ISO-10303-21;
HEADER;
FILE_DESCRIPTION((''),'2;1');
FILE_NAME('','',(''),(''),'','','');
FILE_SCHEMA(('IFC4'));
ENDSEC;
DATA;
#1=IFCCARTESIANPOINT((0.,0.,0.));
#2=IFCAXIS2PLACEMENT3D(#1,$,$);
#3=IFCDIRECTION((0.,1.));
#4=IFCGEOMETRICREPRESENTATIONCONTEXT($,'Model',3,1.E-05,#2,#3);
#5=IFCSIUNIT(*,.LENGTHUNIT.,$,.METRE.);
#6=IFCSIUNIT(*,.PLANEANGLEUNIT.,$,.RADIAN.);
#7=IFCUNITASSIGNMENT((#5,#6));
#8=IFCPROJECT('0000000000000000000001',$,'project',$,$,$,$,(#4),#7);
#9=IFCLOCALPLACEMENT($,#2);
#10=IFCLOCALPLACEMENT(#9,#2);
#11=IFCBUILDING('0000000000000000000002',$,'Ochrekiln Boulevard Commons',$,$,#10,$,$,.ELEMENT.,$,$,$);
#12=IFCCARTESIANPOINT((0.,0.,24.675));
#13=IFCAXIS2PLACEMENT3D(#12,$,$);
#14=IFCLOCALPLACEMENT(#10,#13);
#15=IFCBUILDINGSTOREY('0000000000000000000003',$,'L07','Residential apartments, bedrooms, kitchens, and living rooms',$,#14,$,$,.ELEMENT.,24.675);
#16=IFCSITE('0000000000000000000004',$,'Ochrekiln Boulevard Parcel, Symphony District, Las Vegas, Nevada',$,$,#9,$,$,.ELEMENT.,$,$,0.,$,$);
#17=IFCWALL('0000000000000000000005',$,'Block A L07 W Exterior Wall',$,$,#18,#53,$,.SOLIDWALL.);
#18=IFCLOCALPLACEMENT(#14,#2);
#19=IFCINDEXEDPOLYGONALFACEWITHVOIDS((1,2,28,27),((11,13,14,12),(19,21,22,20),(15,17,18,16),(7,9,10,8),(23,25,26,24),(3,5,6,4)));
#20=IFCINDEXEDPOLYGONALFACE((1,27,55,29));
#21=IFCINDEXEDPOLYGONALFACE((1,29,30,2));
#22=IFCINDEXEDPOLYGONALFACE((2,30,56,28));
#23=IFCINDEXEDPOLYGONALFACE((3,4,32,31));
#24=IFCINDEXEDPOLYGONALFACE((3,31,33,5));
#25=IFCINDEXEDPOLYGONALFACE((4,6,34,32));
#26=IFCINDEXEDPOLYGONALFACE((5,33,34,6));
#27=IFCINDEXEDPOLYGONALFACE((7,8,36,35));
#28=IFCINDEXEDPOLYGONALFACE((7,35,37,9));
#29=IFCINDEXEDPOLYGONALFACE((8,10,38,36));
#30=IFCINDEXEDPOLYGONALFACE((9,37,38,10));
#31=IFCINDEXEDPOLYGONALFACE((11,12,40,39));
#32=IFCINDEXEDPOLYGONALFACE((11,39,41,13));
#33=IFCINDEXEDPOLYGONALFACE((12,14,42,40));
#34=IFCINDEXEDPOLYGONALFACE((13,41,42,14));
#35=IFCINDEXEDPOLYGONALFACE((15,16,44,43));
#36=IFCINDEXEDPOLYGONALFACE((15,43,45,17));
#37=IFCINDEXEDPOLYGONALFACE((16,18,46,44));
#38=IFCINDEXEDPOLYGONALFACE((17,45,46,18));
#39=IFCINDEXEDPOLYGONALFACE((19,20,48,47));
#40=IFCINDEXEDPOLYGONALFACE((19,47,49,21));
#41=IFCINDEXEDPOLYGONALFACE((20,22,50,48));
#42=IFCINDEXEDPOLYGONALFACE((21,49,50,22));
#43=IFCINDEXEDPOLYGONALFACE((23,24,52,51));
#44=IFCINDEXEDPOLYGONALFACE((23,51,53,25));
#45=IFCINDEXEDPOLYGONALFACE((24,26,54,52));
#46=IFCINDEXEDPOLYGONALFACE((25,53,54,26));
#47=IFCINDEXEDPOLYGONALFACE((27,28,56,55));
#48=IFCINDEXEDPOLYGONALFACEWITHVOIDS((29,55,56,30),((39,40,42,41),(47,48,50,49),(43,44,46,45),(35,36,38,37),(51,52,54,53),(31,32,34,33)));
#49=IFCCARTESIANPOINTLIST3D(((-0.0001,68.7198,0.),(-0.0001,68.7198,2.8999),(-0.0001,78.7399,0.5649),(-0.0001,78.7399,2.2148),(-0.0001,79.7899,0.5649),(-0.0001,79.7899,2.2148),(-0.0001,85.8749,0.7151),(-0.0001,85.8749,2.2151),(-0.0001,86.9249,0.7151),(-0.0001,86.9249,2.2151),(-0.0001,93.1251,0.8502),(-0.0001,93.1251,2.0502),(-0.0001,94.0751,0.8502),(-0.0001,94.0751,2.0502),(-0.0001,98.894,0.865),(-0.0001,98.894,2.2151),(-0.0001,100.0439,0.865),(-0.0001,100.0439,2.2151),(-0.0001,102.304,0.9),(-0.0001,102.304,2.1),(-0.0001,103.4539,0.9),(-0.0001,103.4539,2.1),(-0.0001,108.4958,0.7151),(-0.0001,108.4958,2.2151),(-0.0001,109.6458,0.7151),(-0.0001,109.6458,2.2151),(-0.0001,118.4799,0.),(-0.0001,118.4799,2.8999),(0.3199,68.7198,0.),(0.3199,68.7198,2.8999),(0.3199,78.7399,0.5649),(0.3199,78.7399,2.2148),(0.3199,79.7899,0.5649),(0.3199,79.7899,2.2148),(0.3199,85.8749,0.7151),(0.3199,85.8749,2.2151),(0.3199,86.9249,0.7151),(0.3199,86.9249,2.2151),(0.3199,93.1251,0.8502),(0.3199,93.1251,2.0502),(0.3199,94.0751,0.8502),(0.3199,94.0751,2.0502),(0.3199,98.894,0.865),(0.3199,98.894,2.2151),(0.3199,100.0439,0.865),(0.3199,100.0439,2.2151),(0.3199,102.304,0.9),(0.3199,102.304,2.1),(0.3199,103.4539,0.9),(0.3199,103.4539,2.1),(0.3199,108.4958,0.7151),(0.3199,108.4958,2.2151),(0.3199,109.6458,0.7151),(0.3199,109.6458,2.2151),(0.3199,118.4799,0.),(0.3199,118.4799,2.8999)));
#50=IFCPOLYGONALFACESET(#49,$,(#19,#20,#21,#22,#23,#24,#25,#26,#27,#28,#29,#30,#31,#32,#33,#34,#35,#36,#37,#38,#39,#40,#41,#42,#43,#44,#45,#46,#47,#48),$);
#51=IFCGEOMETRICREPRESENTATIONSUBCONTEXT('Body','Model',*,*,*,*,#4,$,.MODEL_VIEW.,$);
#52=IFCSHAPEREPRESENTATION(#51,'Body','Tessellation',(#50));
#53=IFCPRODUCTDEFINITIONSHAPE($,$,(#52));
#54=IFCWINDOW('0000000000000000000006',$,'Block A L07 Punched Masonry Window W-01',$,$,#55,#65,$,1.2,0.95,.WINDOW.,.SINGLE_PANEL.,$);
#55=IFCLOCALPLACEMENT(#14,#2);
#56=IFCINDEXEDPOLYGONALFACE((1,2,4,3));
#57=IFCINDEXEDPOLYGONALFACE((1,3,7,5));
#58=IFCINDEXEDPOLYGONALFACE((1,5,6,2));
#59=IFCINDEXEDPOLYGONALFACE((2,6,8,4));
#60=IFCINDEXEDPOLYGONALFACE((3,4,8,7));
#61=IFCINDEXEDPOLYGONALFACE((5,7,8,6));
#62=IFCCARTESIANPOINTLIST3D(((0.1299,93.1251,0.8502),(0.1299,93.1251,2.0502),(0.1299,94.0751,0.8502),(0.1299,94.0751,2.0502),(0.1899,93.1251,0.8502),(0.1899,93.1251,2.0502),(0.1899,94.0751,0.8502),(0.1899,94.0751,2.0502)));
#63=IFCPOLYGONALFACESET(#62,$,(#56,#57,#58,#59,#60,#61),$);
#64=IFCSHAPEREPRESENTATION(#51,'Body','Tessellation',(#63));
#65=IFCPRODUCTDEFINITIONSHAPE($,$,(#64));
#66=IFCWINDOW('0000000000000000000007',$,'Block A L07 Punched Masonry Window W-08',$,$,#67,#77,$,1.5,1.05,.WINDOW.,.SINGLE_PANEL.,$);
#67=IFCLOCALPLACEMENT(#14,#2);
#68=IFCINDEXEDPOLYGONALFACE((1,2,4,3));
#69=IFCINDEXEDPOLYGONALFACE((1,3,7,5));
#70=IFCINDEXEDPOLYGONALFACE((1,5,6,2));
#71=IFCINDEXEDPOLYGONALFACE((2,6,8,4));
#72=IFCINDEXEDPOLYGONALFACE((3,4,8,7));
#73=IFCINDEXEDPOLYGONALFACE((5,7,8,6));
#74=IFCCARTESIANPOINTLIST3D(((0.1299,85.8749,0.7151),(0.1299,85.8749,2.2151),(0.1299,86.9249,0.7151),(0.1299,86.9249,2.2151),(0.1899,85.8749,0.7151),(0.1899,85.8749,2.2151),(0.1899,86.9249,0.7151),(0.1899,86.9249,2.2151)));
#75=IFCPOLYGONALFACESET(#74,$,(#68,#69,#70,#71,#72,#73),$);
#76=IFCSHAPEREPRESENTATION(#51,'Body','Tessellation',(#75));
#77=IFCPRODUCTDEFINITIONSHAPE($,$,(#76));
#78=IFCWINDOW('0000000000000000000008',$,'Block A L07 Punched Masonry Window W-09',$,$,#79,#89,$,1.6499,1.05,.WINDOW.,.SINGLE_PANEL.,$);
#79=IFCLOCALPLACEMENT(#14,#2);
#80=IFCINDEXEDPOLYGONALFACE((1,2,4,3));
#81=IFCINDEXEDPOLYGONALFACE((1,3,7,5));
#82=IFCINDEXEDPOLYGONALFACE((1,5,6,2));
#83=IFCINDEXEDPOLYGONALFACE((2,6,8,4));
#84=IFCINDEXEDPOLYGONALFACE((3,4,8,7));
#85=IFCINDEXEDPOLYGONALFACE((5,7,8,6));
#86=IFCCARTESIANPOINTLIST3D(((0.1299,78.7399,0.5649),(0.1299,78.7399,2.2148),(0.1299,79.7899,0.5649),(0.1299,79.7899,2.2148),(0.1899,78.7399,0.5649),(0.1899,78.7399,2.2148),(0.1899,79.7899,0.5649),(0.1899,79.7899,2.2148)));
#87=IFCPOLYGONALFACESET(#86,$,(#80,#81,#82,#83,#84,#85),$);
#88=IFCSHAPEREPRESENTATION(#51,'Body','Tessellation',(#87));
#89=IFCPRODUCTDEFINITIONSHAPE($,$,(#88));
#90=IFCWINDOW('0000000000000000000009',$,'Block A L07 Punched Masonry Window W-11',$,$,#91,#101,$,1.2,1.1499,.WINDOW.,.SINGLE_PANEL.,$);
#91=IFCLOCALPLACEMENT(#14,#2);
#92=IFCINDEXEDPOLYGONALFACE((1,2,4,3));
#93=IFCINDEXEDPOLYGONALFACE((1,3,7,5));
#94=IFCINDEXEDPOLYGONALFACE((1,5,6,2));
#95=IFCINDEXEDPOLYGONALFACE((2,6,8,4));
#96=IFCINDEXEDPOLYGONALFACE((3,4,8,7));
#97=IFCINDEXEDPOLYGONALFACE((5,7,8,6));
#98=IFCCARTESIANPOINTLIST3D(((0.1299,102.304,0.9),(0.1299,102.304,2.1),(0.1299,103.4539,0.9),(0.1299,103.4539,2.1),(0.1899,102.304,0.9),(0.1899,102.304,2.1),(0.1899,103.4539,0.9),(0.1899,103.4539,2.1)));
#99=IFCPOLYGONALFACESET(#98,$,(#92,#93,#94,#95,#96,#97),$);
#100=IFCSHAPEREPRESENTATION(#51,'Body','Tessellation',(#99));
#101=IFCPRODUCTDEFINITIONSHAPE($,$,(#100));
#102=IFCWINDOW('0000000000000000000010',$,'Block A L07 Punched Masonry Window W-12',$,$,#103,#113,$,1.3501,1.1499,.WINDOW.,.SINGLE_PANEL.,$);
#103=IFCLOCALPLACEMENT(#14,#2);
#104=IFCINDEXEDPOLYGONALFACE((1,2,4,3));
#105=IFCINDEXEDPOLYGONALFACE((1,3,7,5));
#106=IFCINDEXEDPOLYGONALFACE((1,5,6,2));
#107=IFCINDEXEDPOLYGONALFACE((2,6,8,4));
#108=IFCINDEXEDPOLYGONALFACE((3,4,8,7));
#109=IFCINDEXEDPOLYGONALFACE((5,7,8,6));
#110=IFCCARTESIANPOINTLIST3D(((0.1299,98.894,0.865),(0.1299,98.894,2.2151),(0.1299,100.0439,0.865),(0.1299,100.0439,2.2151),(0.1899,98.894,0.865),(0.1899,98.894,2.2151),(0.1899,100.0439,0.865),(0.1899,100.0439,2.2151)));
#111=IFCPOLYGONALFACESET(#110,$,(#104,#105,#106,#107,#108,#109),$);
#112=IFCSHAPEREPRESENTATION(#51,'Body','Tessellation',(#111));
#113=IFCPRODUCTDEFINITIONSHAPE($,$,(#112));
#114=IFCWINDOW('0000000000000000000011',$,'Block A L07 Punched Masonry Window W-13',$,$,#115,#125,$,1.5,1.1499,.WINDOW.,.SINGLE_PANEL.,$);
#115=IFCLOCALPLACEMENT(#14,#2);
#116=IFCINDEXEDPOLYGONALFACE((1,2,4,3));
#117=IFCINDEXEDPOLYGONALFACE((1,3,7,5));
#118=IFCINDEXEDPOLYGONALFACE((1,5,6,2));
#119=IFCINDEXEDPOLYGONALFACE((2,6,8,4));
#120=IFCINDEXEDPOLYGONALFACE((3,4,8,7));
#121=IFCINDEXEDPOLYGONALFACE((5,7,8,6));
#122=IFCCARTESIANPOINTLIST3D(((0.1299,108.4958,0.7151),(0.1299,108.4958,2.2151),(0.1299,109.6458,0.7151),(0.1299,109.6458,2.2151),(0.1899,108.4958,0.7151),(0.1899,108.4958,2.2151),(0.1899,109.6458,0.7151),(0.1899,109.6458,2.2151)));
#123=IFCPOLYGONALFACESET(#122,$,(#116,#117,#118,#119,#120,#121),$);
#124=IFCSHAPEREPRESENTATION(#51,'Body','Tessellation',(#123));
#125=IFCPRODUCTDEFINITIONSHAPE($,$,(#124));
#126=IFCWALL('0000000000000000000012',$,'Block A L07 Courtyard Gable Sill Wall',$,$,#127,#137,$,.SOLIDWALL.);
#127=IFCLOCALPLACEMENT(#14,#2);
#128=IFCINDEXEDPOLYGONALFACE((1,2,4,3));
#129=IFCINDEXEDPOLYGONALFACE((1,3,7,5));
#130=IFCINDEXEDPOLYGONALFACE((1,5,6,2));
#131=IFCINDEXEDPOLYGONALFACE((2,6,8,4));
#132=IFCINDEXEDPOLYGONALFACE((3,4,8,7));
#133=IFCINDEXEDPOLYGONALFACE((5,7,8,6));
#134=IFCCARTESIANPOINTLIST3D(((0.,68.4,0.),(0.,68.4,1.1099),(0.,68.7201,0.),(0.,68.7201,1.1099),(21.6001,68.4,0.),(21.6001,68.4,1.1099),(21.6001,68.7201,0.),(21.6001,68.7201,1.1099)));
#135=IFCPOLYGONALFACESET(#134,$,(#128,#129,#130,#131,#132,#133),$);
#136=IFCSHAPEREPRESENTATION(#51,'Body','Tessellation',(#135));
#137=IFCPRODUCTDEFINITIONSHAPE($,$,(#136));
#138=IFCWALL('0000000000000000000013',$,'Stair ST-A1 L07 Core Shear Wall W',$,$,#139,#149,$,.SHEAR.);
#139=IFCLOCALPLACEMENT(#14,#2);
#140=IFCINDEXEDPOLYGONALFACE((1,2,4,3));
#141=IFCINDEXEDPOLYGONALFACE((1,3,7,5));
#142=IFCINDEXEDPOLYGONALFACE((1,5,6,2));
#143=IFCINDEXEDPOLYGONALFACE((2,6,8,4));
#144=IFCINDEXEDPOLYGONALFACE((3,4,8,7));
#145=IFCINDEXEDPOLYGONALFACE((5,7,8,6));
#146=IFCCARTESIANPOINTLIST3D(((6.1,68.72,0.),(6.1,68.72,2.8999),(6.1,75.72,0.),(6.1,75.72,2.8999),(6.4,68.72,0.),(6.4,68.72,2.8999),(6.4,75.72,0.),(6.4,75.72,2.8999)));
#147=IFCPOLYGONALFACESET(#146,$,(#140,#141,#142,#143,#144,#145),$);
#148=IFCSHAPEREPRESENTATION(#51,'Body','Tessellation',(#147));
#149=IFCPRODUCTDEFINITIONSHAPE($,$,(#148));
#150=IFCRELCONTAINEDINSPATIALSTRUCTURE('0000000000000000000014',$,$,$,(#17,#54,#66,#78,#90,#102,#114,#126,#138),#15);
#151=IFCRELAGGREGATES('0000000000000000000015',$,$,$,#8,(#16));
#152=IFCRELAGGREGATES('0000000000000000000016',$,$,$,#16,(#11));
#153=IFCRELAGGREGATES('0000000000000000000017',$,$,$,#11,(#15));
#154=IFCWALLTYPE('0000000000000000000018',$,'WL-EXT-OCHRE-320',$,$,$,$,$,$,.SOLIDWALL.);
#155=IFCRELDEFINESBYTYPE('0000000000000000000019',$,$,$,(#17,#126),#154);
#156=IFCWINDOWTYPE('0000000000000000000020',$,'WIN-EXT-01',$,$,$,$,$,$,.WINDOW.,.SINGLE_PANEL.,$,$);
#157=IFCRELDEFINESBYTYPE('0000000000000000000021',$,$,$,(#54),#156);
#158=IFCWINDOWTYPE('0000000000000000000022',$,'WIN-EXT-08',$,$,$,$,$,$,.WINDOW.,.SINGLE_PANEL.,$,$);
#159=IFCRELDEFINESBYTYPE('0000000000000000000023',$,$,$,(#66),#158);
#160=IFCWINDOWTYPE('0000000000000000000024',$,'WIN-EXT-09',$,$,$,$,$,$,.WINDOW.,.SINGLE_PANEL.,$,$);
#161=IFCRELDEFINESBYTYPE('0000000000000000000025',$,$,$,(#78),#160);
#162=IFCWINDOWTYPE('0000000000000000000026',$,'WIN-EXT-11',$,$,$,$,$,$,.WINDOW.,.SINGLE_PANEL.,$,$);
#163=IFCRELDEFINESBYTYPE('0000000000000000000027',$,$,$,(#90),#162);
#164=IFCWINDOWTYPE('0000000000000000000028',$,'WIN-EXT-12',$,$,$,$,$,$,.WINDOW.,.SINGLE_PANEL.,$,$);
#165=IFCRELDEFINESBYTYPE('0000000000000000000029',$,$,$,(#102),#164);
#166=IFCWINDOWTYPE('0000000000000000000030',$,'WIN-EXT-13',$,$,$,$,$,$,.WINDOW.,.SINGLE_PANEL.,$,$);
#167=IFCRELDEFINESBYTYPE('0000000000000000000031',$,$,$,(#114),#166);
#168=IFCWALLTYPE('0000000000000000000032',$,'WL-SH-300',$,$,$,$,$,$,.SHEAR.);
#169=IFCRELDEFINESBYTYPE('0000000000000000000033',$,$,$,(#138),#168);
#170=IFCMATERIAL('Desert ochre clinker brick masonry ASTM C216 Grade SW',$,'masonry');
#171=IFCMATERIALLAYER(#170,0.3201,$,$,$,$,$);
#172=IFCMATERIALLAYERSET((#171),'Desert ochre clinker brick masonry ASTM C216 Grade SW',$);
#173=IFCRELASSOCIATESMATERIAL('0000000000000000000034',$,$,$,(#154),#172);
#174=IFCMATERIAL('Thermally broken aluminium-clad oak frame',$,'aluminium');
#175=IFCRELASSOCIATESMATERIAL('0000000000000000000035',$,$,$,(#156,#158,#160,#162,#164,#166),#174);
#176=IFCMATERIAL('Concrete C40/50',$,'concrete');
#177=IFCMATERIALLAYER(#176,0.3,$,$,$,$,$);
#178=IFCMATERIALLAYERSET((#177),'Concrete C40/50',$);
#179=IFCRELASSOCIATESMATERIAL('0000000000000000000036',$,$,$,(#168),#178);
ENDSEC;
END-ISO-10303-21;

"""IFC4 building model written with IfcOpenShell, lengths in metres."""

from ifc_helpers import new_model, si_unit, direction, frame, frame_2d, origin, place, context, subcontext, project, spatial, rectangle, extrude, material, layer, layer_set, type_object, element, fill, save


model = new_model("IFC4")

# Units and contexts
model_context = context("Model", 3, precision=1e-05, world=origin(), true_north=direction((0.0, 1.0)))
body_context = subcontext(model_context, "Body", "Model", "MODEL_VIEW")
ifc_project = project(units=[si_unit("LENGTHUNIT", "METRE"), si_unit("PLANEANGLEUNIT", "RADIAN")], contexts=[model_context])

# Site, building, storey
site_placement = place(None, origin())
site = spatial("IfcSite", under=ifc_project, at=site_placement, Name="Ochrekiln Boulevard Parcel, Symphony District, Las Vegas, Nevada", CompositionType="ELEMENT", RefElevation=0.0)
building_placement = place(site_placement, origin())
building = spatial("IfcBuilding", under=site, at=building_placement, Name="Ochrekiln Boulevard Commons", CompositionType="ELEMENT")
storey_placement = place(building_placement, frame((0.0, 0.0, 24.675)))
storey = spatial("IfcBuildingStorey", under=building, at=storey_placement, Name="L07", Description="Residential apartments, bedrooms, kitchens, and living rooms", CompositionType="ELEMENT", Elevation=24.675)

# Shared definitions
ifc_material_1 = material(Name="Concrete C40/50", Category="concrete")

# Wall, openings, windows
ifc_material_2 = material(Name="Desert ochre clinker brick masonry ASTM C216 Grade SW", Category="masonry")
ifc_layer_1 = layer(ifc_material_2, 0.3201)
ifc_layer_set_1 = layer_set([ifc_layer_1], Name="Desert ochre clinker brick masonry ASTM C216 Grade SW")
wall_type_1 = type_object("IfcWallType", Name="WL-EXT-OCHRE-320", PredefinedType="SOLIDWALL", material=ifc_layer_set_1)
wall_1_placement = place(storey_placement, frame((0.1599, 68.72, 0.0), z_axis=(0.0, 0.0, 1.0), x_axis=(0.0, 1.0, 0.0)))
wall_1 = element("IfcWall", 1, at=wall_1_placement, inside=storey, type_object=wall_type_1, Name="Block A L07 W Exterior Wall", PredefinedType="SOLIDWALL", context=body_context, shape_type="SweptSolid", body=[
    extrude(rectangle(XDim=49.76, YDim=0.3201, at=frame_2d((24.8799, 0.0))), origin(), (0.0, 0.0, 1.0), 2.8999),
])
opening_1_placement = place(wall_1_placement, frame((17.155, 0.0, 0.7151)))
opening_1 = element("IfcOpeningElement", 2, at=opening_1_placement, cuts=wall_1, PredefinedType="OPENING", context=body_context, shape_type="SweptSolid", body=[
    extrude(rectangle(XDim=1.05, YDim=1.5, at=frame_2d((0.5249, 0.75))), frame((0.0, 0.1699, 0.0), z_axis=(0.0, -1.0, 0.0), x_axis=(1.0, 0.0, 0.0)), (0.0, 0.0, 1.0), 0.3401),
])
opening_2_placement = place(wall_1_placement, frame((10.02, 0.0, 0.5649)))
opening_2 = element("IfcOpeningElement", 3, at=opening_2_placement, cuts=wall_1, PredefinedType="OPENING", context=body_context, shape_type="SweptSolid", body=[
    extrude(rectangle(XDim=1.05, YDim=1.6499, at=frame_2d((0.5249, 0.825))), frame((0.0, 0.1699, 0.0), z_axis=(0.0, -1.0, 0.0), x_axis=(1.0, 0.0, 0.0)), (0.0, 0.0, 1.0), 0.3401),
])
opening_3_placement = place(wall_1_placement, frame((24.405, 0.0, 0.8501)))
opening_3 = element("IfcOpeningElement", 4, at=opening_3_placement, cuts=wall_1, PredefinedType="OPENING", context=body_context, shape_type="SweptSolid", body=[
    extrude(rectangle(XDim=0.95, YDim=1.2, at=frame_2d((0.4751, 0.6001))), frame((0.0, 0.1699, 0.0), z_axis=(0.0, -1.0, 0.0), x_axis=(1.0, 0.0, 0.0)), (0.0, 0.0, 1.0), 0.3401),
])
opening_4_placement = place(wall_1_placement, frame((33.584, 0.0, 0.8999)))
opening_4 = element("IfcOpeningElement", 5, at=opening_4_placement, cuts=wall_1, PredefinedType="OPENING", context=body_context, shape_type="SweptSolid", body=[
    extrude(rectangle(XDim=1.1499, YDim=1.2, at=frame_2d((0.575, 0.6001))), frame((0.0, 0.1699, 0.0), z_axis=(0.0, -1.0, 0.0), x_axis=(1.0, 0.0, 0.0)), (0.0, 0.0, 1.0), 0.3401),
])
opening_5_placement = place(wall_1_placement, frame((30.1741, 0.0, 0.865)))
opening_5 = element("IfcOpeningElement", 6, at=opening_5_placement, cuts=wall_1, PredefinedType="OPENING", context=body_context, shape_type="SweptSolid", body=[
    extrude(rectangle(XDim=1.1499, YDim=1.3501, at=frame_2d((0.575, 0.675))), frame((0.0, 0.1699, 0.0), z_axis=(0.0, -1.0, 0.0), x_axis=(1.0, 0.0, 0.0)), (0.0, 0.0, 1.0), 0.3401),
])
opening_6_placement = place(wall_1_placement, frame((39.7759, 0.0, 0.7151)))
opening_6 = element("IfcOpeningElement", 7, at=opening_6_placement, cuts=wall_1, PredefinedType="OPENING", context=body_context, shape_type="SweptSolid", body=[
    extrude(rectangle(XDim=1.1499, YDim=1.5, at=frame_2d((0.575, 0.75))), frame((0.0, 0.1699, 0.0), z_axis=(0.0, -1.0, 0.0), x_axis=(1.0, 0.0, 0.0)), (0.0, 0.0, 1.0), 0.3401),
])
ifc_material_3 = material(Name="Thermally broken aluminium-clad oak frame", Category="aluminium")
window_type_1 = type_object("IfcWindowType", Name="WIN-EXT-01", PartitioningType="SINGLE_PANEL", PredefinedType="WINDOW", material=ifc_material_3)
window_1_placement = place(opening_3_placement, origin())
window_1 = element("IfcWindow", 8, at=window_1_placement, inside=storey, type_object=window_type_1, Name="Block A L07 Punched Masonry Window W-01", OverallHeight=1.2, OverallWidth=0.95, PartitioningType="SINGLE_PANEL", PredefinedType="WINDOW", context=body_context, shape_type="SweptSolid", body=[
    extrude(rectangle(XDim=0.95, YDim=1.2, at=frame_2d((0.4751, 0.6001))), frame((0.0, 0.03, 0.0), z_axis=(0.0, -1.0, 0.0), x_axis=(1.0, 0.0, 0.0)), (0.0, 0.0, 1.0), 0.0601),
])
fill(opening_3, window_1)
window_type_2 = type_object("IfcWindowType", Name="WIN-EXT-08", PartitioningType="SINGLE_PANEL", PredefinedType="WINDOW", material=ifc_material_3)
window_2_placement = place(opening_1_placement, origin())
window_2 = element("IfcWindow", 9, at=window_2_placement, inside=storey, type_object=window_type_2, Name="Block A L07 Punched Masonry Window W-08", OverallHeight=1.5, OverallWidth=1.05, PartitioningType="SINGLE_PANEL", PredefinedType="WINDOW", context=body_context, shape_type="SweptSolid", body=[
    extrude(rectangle(XDim=1.05, YDim=1.5, at=frame_2d((0.5249, 0.75))), frame((0.0, 0.03, 0.0), z_axis=(0.0, -1.0, 0.0), x_axis=(1.0, 0.0, 0.0)), (0.0, 0.0, 1.0), 0.0601),
])
fill(opening_1, window_2)
window_type_3 = type_object("IfcWindowType", Name="WIN-EXT-09", PartitioningType="SINGLE_PANEL", PredefinedType="WINDOW", material=ifc_material_3)
window_3_placement = place(opening_2_placement, origin())
window_3 = element("IfcWindow", 10, at=window_3_placement, inside=storey, type_object=window_type_3, Name="Block A L07 Punched Masonry Window W-09", OverallHeight=1.6499, OverallWidth=1.05, PartitioningType="SINGLE_PANEL", PredefinedType="WINDOW", context=body_context, shape_type="SweptSolid", body=[
    extrude(rectangle(XDim=1.05, YDim=1.6499, at=frame_2d((0.5249, 0.825))), frame((0.0, 0.03, 0.0), z_axis=(0.0, -1.0, 0.0), x_axis=(1.0, 0.0, 0.0)), (0.0, 0.0, 1.0), 0.0601),
])
fill(opening_2, window_3)
window_type_4 = type_object("IfcWindowType", Name="WIN-EXT-11", PartitioningType="SINGLE_PANEL", PredefinedType="WINDOW", material=ifc_material_3)
window_4_placement = place(opening_4_placement, origin())
window_4 = element("IfcWindow", 11, at=window_4_placement, inside=storey, type_object=window_type_4, Name="Block A L07 Punched Masonry Window W-11", OverallHeight=1.2, OverallWidth=1.1499, PartitioningType="SINGLE_PANEL", PredefinedType="WINDOW", context=body_context, shape_type="SweptSolid", body=[
    extrude(rectangle(XDim=1.1499, YDim=1.2, at=frame_2d((0.575, 0.6001))), frame((0.0, 0.03, 0.0), z_axis=(0.0, -1.0, 0.0), x_axis=(1.0, 0.0, 0.0)), (0.0, 0.0, 1.0), 0.0601),
])
fill(opening_4, window_4)
window_type_5 = type_object("IfcWindowType", Name="WIN-EXT-12", PartitioningType="SINGLE_PANEL", PredefinedType="WINDOW", material=ifc_material_3)
window_5_placement = place(opening_5_placement, origin())
window_5 = element("IfcWindow", 12, at=window_5_placement, inside=storey, type_object=window_type_5, Name="Block A L07 Punched Masonry Window W-12", OverallHeight=1.3501, OverallWidth=1.1499, PartitioningType="SINGLE_PANEL", PredefinedType="WINDOW", context=body_context, shape_type="SweptSolid", body=[
    extrude(rectangle(XDim=1.1499, YDim=1.3501, at=frame_2d((0.575, 0.675))), frame((0.0, 0.03, 0.0), z_axis=(0.0, -1.0, 0.0), x_axis=(1.0, 0.0, 0.0)), (0.0, 0.0, 1.0), 0.0601),
])
fill(opening_5, window_5)
window_type_6 = type_object("IfcWindowType", Name="WIN-EXT-13", PartitioningType="SINGLE_PANEL", PredefinedType="WINDOW", material=ifc_material_3)
window_6_placement = place(opening_6_placement, origin())
window_6 = element("IfcWindow", 13, at=window_6_placement, inside=storey, type_object=window_type_6, Name="Block A L07 Punched Masonry Window W-13", OverallHeight=1.5, OverallWidth=1.1499, PartitioningType="SINGLE_PANEL", PredefinedType="WINDOW", context=body_context, shape_type="SweptSolid", body=[
    extrude(rectangle(XDim=1.1499, YDim=1.5, at=frame_2d((0.575, 0.75))), frame((0.0, 0.03, 0.0), z_axis=(0.0, -1.0, 0.0), x_axis=(1.0, 0.0, 0.0)), (0.0, 0.0, 1.0), 0.0601),
])
fill(opening_6, window_6)

# Walls
wall_2_placement = place(storey_placement, frame((0.0, 68.5601, 0.0), z_axis=(0.0, 0.0, 1.0), x_axis=(1.0, 0.0, 0.0)))
element("IfcWall", 14, at=wall_2_placement, inside=storey, type_object=wall_type_1, Name="Block A L07 Courtyard Gable Sill Wall", PredefinedType="SOLIDWALL", context=body_context, shape_type="SweptSolid", body=[
    extrude(rectangle(XDim=21.6001, YDim=0.3201, at=frame_2d((10.8, 0.0))), origin(), (0.0, 0.0, 1.0), 1.1099),
])
ifc_layer_2 = layer(ifc_material_1, 0.3)
ifc_layer_set_2 = layer_set([ifc_layer_2], Name="Concrete C40/50")
wall_type_2 = type_object("IfcWallType", Name="WL-SH-300", PredefinedType="SHEAR", material=ifc_layer_set_2)
wall_3_placement = place(storey_placement, frame((6.25, 68.72, 0.0), z_axis=(0.0, 0.0, 1.0), x_axis=(0.0, 1.0, 0.0)))
element("IfcWall", 15, at=wall_3_placement, inside=storey, type_object=wall_type_2, Name="Stair ST-A1 L07 Core Shear Wall W", PredefinedType="SHEAR", context=body_context, shape_type="SweptSolid", body=[
    extrude(rectangle(XDim=7.0, YDim=0.3, at=frame_2d((3.5, 0.0))), origin(), (0.0, 0.0, 1.0), 2.8999),
])

save(model, "model.ifc")
